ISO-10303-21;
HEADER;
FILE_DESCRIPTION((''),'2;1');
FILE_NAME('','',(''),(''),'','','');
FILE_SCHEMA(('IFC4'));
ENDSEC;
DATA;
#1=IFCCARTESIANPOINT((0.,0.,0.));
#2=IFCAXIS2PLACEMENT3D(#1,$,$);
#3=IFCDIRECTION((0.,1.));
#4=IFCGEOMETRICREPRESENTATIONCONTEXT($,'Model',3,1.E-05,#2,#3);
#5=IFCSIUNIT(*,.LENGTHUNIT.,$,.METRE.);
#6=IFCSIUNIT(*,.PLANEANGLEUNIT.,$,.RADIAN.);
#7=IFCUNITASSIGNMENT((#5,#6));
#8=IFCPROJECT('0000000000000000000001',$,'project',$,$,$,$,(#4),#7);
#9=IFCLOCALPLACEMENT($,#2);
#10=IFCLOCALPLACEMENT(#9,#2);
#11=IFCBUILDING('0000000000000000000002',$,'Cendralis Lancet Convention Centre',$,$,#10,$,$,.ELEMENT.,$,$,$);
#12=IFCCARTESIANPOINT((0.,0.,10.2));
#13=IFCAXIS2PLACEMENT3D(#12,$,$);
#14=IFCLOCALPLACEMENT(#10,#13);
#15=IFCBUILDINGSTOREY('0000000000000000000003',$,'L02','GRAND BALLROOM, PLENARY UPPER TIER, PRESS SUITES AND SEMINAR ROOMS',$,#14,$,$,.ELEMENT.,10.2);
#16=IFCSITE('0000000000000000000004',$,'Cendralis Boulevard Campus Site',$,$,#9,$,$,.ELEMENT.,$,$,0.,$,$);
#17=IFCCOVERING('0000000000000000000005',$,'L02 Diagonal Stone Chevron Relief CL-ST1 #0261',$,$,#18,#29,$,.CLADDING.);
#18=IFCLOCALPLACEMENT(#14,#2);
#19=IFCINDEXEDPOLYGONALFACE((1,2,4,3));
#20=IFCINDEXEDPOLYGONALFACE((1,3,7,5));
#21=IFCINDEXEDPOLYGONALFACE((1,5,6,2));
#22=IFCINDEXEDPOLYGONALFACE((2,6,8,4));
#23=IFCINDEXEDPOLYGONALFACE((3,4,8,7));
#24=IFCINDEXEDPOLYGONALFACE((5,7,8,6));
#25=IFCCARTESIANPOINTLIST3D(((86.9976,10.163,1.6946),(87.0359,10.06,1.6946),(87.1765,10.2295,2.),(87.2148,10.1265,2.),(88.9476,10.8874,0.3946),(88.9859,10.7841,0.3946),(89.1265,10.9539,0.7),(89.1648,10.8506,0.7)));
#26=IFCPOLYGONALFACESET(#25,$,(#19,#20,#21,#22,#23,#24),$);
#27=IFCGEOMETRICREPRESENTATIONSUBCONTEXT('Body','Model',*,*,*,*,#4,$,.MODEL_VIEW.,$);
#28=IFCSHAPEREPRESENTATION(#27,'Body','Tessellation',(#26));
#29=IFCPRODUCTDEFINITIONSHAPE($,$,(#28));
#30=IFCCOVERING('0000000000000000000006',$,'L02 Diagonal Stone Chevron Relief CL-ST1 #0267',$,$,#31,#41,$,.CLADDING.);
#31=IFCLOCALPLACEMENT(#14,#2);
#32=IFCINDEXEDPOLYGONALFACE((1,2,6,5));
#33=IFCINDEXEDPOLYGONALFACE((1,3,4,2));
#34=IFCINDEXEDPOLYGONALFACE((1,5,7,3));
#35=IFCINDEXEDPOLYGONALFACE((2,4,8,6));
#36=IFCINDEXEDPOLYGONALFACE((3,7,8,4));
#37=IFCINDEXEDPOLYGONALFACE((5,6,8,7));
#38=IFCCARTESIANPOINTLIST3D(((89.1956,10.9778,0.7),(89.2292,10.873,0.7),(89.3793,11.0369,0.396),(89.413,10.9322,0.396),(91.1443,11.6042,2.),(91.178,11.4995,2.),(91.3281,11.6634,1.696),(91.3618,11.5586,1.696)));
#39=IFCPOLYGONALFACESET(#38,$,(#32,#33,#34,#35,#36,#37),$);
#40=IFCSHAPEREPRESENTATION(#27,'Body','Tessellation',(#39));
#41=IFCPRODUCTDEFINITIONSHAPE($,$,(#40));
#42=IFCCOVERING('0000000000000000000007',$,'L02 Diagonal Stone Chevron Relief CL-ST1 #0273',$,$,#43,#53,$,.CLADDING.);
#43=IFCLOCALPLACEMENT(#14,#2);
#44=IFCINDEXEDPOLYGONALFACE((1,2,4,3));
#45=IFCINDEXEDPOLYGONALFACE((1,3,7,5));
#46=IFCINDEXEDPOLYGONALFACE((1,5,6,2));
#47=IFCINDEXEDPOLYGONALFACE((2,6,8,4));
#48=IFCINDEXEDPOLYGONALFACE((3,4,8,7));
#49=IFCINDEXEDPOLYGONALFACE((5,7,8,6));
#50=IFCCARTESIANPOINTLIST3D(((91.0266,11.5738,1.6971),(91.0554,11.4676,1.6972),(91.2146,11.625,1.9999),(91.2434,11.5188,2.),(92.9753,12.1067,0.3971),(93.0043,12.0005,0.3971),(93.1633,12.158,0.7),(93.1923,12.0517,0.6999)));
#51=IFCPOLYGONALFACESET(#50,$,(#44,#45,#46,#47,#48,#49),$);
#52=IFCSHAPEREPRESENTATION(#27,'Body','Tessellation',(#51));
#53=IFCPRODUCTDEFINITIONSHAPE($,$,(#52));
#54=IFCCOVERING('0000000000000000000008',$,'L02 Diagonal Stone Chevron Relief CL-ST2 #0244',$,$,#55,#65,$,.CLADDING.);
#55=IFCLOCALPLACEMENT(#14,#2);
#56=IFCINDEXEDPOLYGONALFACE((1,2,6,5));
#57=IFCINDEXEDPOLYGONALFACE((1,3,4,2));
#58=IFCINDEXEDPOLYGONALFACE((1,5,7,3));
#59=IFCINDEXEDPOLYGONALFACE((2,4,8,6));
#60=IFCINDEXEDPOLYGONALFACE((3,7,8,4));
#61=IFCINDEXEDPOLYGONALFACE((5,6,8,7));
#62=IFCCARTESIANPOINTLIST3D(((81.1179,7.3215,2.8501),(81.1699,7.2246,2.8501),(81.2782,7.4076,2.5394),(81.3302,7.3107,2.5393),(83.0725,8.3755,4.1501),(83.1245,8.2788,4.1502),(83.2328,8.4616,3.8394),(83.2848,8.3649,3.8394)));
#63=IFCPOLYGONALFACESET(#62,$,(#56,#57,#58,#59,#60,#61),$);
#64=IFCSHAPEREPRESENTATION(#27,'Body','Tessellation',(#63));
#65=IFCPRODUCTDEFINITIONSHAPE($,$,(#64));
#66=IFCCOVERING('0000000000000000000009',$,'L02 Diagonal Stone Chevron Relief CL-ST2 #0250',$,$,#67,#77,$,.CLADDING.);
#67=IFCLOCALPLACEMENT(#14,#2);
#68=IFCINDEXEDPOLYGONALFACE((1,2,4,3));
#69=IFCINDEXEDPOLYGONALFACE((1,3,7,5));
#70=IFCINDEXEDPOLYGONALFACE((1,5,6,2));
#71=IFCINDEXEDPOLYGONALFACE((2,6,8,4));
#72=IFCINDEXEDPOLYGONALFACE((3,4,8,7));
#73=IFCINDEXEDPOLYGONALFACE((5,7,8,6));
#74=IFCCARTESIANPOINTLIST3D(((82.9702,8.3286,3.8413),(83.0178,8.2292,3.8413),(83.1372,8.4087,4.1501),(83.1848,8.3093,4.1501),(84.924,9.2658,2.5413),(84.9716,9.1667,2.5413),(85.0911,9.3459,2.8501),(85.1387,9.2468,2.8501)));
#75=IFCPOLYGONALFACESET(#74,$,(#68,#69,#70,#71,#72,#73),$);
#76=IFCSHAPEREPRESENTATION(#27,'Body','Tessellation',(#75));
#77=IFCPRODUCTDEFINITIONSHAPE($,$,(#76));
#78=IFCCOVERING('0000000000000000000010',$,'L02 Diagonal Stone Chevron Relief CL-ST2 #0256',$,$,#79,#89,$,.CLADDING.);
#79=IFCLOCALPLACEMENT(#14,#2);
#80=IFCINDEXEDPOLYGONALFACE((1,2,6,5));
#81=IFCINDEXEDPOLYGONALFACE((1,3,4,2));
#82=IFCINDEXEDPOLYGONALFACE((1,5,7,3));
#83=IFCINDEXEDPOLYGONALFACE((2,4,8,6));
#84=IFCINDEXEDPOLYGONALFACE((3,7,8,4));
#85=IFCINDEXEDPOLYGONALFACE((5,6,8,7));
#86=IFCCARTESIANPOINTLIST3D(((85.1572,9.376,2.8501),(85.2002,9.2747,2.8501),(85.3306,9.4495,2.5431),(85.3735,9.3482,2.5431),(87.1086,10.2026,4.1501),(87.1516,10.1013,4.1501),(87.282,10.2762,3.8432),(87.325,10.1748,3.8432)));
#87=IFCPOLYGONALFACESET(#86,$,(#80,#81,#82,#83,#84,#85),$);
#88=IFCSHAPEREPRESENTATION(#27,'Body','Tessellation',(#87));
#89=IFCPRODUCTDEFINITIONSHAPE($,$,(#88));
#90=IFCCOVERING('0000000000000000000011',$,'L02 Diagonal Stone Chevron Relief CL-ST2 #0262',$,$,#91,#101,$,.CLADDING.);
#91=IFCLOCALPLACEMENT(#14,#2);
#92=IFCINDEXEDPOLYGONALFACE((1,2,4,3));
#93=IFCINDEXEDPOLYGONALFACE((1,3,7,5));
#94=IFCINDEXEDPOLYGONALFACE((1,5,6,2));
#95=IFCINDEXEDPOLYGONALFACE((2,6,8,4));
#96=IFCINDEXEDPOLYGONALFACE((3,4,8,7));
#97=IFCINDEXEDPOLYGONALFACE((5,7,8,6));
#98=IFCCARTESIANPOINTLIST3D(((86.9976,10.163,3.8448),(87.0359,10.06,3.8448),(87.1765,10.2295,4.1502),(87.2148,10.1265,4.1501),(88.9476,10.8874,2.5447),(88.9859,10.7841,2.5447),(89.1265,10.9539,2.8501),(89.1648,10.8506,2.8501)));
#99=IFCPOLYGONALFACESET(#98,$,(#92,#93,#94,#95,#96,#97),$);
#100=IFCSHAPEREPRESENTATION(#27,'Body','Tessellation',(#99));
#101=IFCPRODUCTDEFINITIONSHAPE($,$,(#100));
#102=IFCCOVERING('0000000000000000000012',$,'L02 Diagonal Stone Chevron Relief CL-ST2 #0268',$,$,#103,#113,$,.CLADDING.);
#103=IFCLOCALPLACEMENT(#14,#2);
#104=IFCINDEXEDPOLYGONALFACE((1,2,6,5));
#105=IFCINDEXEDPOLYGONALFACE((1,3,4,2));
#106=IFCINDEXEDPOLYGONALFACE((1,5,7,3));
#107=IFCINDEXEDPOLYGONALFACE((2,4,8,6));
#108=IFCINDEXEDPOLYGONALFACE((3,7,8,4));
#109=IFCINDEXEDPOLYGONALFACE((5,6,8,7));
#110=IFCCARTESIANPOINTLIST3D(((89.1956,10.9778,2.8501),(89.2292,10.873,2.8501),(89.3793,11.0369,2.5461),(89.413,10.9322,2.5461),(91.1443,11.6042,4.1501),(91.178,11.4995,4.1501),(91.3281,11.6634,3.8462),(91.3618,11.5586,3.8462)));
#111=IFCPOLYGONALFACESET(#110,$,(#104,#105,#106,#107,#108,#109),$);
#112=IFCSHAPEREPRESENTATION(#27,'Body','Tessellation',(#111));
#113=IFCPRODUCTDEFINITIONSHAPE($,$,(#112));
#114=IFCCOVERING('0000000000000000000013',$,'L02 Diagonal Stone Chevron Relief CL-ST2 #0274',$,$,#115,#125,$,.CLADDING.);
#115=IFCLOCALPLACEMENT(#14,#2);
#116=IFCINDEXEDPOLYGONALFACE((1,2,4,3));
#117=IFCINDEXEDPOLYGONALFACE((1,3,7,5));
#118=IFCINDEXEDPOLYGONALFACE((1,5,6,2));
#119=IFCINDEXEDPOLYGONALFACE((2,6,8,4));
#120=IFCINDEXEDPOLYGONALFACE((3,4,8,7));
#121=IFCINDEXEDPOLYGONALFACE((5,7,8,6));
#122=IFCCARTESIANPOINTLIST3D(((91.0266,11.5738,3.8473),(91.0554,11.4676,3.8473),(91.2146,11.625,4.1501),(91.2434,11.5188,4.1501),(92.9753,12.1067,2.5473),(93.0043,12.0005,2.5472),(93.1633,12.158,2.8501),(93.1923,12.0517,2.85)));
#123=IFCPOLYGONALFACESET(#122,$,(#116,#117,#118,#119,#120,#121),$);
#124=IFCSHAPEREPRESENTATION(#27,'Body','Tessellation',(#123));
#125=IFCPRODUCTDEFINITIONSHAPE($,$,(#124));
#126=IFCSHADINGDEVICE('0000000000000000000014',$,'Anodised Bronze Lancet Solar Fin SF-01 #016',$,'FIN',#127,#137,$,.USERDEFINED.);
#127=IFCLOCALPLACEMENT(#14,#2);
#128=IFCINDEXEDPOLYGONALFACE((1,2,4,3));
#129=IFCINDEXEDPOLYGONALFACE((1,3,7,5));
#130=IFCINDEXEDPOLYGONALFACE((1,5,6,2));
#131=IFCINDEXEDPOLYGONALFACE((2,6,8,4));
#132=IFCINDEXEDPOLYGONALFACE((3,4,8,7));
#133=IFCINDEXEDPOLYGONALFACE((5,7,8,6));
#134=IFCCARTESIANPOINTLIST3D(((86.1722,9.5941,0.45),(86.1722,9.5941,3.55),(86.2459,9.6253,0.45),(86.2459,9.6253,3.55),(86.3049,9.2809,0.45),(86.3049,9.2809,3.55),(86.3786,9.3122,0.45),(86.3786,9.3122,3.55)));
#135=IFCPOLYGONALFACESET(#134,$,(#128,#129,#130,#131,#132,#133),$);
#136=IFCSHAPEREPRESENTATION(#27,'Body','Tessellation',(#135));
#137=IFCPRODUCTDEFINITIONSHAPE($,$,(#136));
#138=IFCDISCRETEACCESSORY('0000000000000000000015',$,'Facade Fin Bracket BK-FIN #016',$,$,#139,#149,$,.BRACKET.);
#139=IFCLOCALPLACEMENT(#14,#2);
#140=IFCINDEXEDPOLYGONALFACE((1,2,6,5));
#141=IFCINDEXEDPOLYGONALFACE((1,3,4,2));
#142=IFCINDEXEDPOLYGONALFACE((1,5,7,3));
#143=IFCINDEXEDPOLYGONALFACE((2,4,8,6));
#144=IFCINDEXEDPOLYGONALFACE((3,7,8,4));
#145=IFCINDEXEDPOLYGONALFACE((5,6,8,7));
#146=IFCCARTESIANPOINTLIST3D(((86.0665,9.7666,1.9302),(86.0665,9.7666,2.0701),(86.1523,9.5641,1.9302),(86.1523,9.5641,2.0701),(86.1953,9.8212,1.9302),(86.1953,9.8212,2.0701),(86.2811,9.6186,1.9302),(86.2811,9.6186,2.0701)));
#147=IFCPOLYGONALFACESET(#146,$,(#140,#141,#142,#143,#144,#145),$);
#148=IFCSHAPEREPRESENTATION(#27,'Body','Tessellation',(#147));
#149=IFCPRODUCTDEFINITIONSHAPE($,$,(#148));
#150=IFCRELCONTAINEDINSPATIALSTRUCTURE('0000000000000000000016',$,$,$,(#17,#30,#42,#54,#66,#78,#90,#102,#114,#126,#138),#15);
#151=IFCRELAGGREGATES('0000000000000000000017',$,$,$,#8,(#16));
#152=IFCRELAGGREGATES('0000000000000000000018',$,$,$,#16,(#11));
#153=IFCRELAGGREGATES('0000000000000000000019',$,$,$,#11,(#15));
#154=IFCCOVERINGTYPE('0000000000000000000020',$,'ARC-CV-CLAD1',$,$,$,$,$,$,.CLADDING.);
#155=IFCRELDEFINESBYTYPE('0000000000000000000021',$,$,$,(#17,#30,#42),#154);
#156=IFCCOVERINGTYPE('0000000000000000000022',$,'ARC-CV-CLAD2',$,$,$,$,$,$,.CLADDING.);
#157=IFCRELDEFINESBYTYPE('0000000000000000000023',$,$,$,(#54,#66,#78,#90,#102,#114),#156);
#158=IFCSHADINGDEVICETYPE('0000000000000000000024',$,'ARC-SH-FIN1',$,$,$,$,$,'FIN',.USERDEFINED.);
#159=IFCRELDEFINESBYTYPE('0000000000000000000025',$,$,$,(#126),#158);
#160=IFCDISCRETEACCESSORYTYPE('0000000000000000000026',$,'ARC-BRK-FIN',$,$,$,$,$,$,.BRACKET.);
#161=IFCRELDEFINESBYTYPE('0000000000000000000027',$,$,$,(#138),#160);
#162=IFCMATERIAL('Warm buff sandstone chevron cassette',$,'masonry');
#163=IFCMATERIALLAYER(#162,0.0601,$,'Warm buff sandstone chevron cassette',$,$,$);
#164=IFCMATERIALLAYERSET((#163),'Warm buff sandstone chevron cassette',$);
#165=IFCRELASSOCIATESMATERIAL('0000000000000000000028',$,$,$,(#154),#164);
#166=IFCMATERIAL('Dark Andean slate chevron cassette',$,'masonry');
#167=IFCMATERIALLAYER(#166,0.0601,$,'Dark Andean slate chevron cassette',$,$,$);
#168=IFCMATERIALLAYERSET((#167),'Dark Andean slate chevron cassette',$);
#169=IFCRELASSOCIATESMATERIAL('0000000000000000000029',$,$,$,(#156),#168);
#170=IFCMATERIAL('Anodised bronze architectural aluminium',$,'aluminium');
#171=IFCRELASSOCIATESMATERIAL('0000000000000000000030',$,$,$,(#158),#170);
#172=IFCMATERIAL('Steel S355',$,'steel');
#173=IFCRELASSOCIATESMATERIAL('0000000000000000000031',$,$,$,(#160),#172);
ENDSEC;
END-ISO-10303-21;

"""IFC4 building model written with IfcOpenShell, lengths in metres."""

from ifc_helpers import new_model, si_unit, direction, frame, origin, origin_2d, place, context, subcontext, project, spatial, polyline, rectangle, outline, extrude, material, layer, layer_set, type_object, element, save


model = new_model("IFC4")

# Units and contexts
model_context = context("Model", 3, precision=1e-05, world=origin(), true_north=direction((0.0, 1.0)))
body_context = subcontext(model_context, "Body", "Model", "MODEL_VIEW")
ifc_project = project(units=[si_unit("LENGTHUNIT", "METRE"), si_unit("PLANEANGLEUNIT", "RADIAN")], contexts=[model_context])

# Site, building, storey
site_placement = place(None, origin())
site = spatial("IfcSite", under=ifc_project, at=site_placement, Name="Cendralis Boulevard Campus Site", CompositionType="ELEMENT", RefElevation=0.0)
building_placement = place(site_placement, origin())
building = spatial("IfcBuilding", under=site, at=building_placement, Name="Cendralis Lancet Convention Centre", CompositionType="ELEMENT")
storey_placement = place(building_placement, frame((0.0, 0.0, 10.2)))
storey = spatial("IfcBuildingStorey", under=building, at=storey_placement, Name="L02", Description="GRAND BALLROOM, PLENARY UPPER TIER, PRESS SUITES AND SEMINAR ROOMS", CompositionType="ELEMENT", Elevation=10.2)

# Shared definitions
ifc_material_1 = material(Name="Dark Andean slate chevron cassette", Category="masonry")
ifc_material_2 = material(Name="Warm buff sandstone chevron cassette", Category="masonry")

# Coverings
ifc_layer_1 = layer(ifc_material_2, 0.0601, Name="Warm buff sandstone chevron cassette")
ifc_layer_set_1 = layer_set([ifc_layer_1], Name="Warm buff sandstone chevron cassette")
covering_type_1 = type_object("IfcCoveringType", Name="ARC-CV-CLAD1", PredefinedType="CLADDING", material=ifc_layer_set_1)
covering_1_placement = place(storey_placement, frame((87.2148, 10.1265, 2.0), z_axis=(0.496802, 0.184611, 0.848001), x_axis=(0.794957, 0.29521, -0.529994)))
element("IfcCovering", 1, at=covering_1_placement, inside=storey, type_object=covering_type_1, Name="L02 Diagonal Stone Chevron Relief CL-ST1 #0261", PredefinedType="CLADDING", context=body_context, shape_type="SweptSolid", body=[
    extrude(outline(polyline([(0.0, 0.0), (2.4529, 0.0), (2.4529, 0.1102), (-0.0001, 0.1099), (0.0, 0.0)])), origin(), (0.0, 0.0, -1.0), 0.3601),
])
covering_2_placement = place(storey_placement, frame((89.2292, 10.873, 0.7), z_axis=(-0.510369, -0.164175, 0.844139), x_axis=(0.803634, 0.258347, 0.536125)))
element("IfcCovering", 2, at=covering_2_placement, inside=storey, type_object=covering_type_1, Name="L02 Diagonal Stone Chevron Relief CL-ST1 #0267", PredefinedType="CLADDING", context=body_context, shape_type="SweptSolid", body=[
    extrude(outline(polyline([(0.0, 0.0), (2.4249, 0.0), (2.4249, 0.11), (0.0, 0.11), (0.0, 0.0)])), origin(), (0.0, 0.0, -1.0), 0.3601),
])
covering_3_placement = place(storey_placement, frame((91.2434, 11.5188, 2.0), z_axis=(0.522089, 0.142224, 0.840949), x_axis=(0.811167, 0.221819, -0.541114)))
element("IfcCovering", 3, at=covering_3_placement, inside=storey, type_object=covering_type_1, Name="L02 Diagonal Stone Chevron Relief CL-ST1 #0273", PredefinedType="CLADDING", context=body_context, shape_type="SweptSolid", body=[
    extrude(outline(polyline([(0.0, 0.0), (2.4026, 0.0), (2.4026, 0.1101), (0.0002, 0.11), (0.0, 0.0)])), origin(), (0.0, 0.0, -1.0), 0.3601),
])
ifc_layer_2 = layer(ifc_material_1, 0.0601, Name="Dark Andean slate chevron cassette")
ifc_layer_set_2 = layer_set([ifc_layer_2], Name="Dark Andean slate chevron cassette")
covering_type_2 = type_object("IfcCoveringType", Name="ARC-CV-CLAD2", PredefinedType="CLADDING", material=ifc_layer_set_2)
covering_4_placement = place(storey_placement, frame((81.1699, 7.2246, 2.8501), z_axis=(-0.445063, -0.239088, 0.862992), x_axis=(0.75956, 0.409665, 0.505216)))
element("IfcCovering", 4, at=covering_4_placement, inside=storey, type_object=covering_type_2, Name="L02 Diagonal Stone Chevron Relief CL-ST2 #0244", PredefinedType="CLADDING", context=body_context, shape_type="SweptSolid", body=[
    extrude(outline(polyline([(0.0, 0.0), (2.5733, 0.0), (2.5734, 0.1098), (0.0002, 0.11), (0.0, 0.0)])), origin(), (0.0, 0.0, -1.0), 0.3601),
])
covering_5_placement = place(storey_placement, frame((83.1848, 8.3093, 4.1501), z_axis=(0.463831, 0.222502, 0.857528), x_axis=(0.773135, 0.370966, -0.514438)))
element("IfcCovering", 5, at=covering_5_placement, inside=storey, type_object=covering_type_2, Name="L02 Diagonal Stone Chevron Relief CL-ST2 #0250", PredefinedType="CLADDING", context=body_context, shape_type="SweptSolid", body=[
    extrude(outline(polyline([(0.0, 0.0), (2.5272, 0.0), (2.5271, 0.11), (0.0001, 0.1102), (0.0, 0.0)])), origin(), (0.0, 0.0, -1.0), 0.3601),
])
covering_6_placement = place(storey_placement, frame((85.2002, 9.2747, 2.8501), z_axis=(-0.48139, -0.204156, 0.852399), x_axis=(0.784878, 0.332491, 0.522892)))
element("IfcCovering", 6, at=covering_6_placement, inside=storey, type_object=covering_type_2, Name="L02 Diagonal Stone Chevron Relief CL-ST2 #0256", PredefinedType="CLADDING", context=body_context, shape_type="SweptSolid", body=[
    extrude(outline(polyline([(0.0, 0.0), (2.4863, 0.0), (2.4862, 0.1101), (0.0, 0.1101), (0.0, 0.0)])), origin(), (0.0, 0.0, -1.0), 0.3601),
])
covering_7_placement = place(storey_placement, frame((87.2148, 10.1265, 4.1501), z_axis=(0.496802, 0.184611, 0.848001), x_axis=(0.794957, 0.29521, -0.529994)))
element("IfcCovering", 7, at=covering_7_placement, inside=storey, type_object=covering_type_2, Name="L02 Diagonal Stone Chevron Relief CL-ST2 #0262", PredefinedType="CLADDING", context=body_context, shape_type="SweptSolid", body=[
    extrude(outline(polyline([(0.0, 0.0), (2.4529, 0.0), (2.4529, 0.1102), (-0.0001, 0.1099), (0.0, 0.0)])), origin(), (0.0, 0.0, -1.0), 0.3601),
])
covering_8_placement = place(storey_placement, frame((89.2292, 10.873, 2.8501), z_axis=(-0.510369, -0.164175, 0.844139), x_axis=(0.803634, 0.258347, 0.536125)))
element("IfcCovering", 8, at=covering_8_placement, inside=storey, type_object=covering_type_2, Name="L02 Diagonal Stone Chevron Relief CL-ST2 #0268", PredefinedType="CLADDING", context=body_context, shape_type="SweptSolid", body=[
    extrude(outline(polyline([(0.0, 0.0), (2.4249, 0.0), (2.4249, 0.11), (0.0, 0.11), (0.0, 0.0)])), origin(), (0.0, 0.0, -1.0), 0.3601),
])
covering_9_placement = place(storey_placement, frame((91.2434, 11.5188, 4.1501), z_axis=(0.522089, 0.142224, 0.840949), x_axis=(0.811167, 0.221819, -0.541114)))
element("IfcCovering", 9, at=covering_9_placement, inside=storey, type_object=covering_type_2, Name="L02 Diagonal Stone Chevron Relief CL-ST2 #0274", PredefinedType="CLADDING", context=body_context, shape_type="SweptSolid", body=[
    extrude(outline(polyline([(0.0, 0.0), (2.4026, 0.0), (2.4026, 0.1101), (0.0002, 0.11), (0.0, 0.0)])), origin(), (0.0, 0.0, -1.0), 0.3601),
])

# Shading device
ifc_material_3 = material(Name="Anodised bronze architectural aluminium", Category="aluminium")
shading_device_type = type_object("IfcShadingDeviceType", Name="ARC-SH-FIN1", ElementType="FIN", PredefinedType="USERDEFINED", material=ifc_material_3)
shading_device_placement = place(storey_placement, frame((86.2754, 9.4531, 0.45), z_axis=(0.0, 0.0, 1.0), x_axis=(0.920757, 0.390137, 0.0)))
element("IfcShadingDevice", 10, at=shading_device_placement, inside=storey, type_object=shading_device_type, Name="Anodised Bronze Lancet Solar Fin SF-01 #016", ObjectType="FIN", PredefinedType="USERDEFINED", context=body_context, shape_type="SweptSolid", body=[
    extrude(rectangle(XDim=0.0801, YDim=0.3401, at=origin_2d()), origin(), (0.0, 0.0, 1.0), 3.1001),
])

# Discrete accessory
ifc_material_4 = material(Name="Steel S355", Category="steel")
discrete_accessory_type = type_object("IfcDiscreteAccessoryType", Name="ARC-BRK-FIN", PredefinedType="BRACKET", material=ifc_material_4)
discrete_accessory_placement = place(storey_placement, frame((86.1738, 9.6926, 1.9302), z_axis=(0.0, 0.0, 1.0), x_axis=(0.920757, 0.390137, 0.0)))
element("IfcDiscreteAccessory", 11, at=discrete_accessory_placement, inside=storey, type_object=discrete_accessory_type, Name="Facade Fin Bracket BK-FIN #016", PredefinedType="BRACKET", context=body_context, shape_type="SweptSolid", body=[
    extrude(rectangle(XDim=0.1399, YDim=0.22, at=origin_2d()), origin(), (0.0, 0.0, 1.0), 0.1399),
])

save(model, "model.ifc")
